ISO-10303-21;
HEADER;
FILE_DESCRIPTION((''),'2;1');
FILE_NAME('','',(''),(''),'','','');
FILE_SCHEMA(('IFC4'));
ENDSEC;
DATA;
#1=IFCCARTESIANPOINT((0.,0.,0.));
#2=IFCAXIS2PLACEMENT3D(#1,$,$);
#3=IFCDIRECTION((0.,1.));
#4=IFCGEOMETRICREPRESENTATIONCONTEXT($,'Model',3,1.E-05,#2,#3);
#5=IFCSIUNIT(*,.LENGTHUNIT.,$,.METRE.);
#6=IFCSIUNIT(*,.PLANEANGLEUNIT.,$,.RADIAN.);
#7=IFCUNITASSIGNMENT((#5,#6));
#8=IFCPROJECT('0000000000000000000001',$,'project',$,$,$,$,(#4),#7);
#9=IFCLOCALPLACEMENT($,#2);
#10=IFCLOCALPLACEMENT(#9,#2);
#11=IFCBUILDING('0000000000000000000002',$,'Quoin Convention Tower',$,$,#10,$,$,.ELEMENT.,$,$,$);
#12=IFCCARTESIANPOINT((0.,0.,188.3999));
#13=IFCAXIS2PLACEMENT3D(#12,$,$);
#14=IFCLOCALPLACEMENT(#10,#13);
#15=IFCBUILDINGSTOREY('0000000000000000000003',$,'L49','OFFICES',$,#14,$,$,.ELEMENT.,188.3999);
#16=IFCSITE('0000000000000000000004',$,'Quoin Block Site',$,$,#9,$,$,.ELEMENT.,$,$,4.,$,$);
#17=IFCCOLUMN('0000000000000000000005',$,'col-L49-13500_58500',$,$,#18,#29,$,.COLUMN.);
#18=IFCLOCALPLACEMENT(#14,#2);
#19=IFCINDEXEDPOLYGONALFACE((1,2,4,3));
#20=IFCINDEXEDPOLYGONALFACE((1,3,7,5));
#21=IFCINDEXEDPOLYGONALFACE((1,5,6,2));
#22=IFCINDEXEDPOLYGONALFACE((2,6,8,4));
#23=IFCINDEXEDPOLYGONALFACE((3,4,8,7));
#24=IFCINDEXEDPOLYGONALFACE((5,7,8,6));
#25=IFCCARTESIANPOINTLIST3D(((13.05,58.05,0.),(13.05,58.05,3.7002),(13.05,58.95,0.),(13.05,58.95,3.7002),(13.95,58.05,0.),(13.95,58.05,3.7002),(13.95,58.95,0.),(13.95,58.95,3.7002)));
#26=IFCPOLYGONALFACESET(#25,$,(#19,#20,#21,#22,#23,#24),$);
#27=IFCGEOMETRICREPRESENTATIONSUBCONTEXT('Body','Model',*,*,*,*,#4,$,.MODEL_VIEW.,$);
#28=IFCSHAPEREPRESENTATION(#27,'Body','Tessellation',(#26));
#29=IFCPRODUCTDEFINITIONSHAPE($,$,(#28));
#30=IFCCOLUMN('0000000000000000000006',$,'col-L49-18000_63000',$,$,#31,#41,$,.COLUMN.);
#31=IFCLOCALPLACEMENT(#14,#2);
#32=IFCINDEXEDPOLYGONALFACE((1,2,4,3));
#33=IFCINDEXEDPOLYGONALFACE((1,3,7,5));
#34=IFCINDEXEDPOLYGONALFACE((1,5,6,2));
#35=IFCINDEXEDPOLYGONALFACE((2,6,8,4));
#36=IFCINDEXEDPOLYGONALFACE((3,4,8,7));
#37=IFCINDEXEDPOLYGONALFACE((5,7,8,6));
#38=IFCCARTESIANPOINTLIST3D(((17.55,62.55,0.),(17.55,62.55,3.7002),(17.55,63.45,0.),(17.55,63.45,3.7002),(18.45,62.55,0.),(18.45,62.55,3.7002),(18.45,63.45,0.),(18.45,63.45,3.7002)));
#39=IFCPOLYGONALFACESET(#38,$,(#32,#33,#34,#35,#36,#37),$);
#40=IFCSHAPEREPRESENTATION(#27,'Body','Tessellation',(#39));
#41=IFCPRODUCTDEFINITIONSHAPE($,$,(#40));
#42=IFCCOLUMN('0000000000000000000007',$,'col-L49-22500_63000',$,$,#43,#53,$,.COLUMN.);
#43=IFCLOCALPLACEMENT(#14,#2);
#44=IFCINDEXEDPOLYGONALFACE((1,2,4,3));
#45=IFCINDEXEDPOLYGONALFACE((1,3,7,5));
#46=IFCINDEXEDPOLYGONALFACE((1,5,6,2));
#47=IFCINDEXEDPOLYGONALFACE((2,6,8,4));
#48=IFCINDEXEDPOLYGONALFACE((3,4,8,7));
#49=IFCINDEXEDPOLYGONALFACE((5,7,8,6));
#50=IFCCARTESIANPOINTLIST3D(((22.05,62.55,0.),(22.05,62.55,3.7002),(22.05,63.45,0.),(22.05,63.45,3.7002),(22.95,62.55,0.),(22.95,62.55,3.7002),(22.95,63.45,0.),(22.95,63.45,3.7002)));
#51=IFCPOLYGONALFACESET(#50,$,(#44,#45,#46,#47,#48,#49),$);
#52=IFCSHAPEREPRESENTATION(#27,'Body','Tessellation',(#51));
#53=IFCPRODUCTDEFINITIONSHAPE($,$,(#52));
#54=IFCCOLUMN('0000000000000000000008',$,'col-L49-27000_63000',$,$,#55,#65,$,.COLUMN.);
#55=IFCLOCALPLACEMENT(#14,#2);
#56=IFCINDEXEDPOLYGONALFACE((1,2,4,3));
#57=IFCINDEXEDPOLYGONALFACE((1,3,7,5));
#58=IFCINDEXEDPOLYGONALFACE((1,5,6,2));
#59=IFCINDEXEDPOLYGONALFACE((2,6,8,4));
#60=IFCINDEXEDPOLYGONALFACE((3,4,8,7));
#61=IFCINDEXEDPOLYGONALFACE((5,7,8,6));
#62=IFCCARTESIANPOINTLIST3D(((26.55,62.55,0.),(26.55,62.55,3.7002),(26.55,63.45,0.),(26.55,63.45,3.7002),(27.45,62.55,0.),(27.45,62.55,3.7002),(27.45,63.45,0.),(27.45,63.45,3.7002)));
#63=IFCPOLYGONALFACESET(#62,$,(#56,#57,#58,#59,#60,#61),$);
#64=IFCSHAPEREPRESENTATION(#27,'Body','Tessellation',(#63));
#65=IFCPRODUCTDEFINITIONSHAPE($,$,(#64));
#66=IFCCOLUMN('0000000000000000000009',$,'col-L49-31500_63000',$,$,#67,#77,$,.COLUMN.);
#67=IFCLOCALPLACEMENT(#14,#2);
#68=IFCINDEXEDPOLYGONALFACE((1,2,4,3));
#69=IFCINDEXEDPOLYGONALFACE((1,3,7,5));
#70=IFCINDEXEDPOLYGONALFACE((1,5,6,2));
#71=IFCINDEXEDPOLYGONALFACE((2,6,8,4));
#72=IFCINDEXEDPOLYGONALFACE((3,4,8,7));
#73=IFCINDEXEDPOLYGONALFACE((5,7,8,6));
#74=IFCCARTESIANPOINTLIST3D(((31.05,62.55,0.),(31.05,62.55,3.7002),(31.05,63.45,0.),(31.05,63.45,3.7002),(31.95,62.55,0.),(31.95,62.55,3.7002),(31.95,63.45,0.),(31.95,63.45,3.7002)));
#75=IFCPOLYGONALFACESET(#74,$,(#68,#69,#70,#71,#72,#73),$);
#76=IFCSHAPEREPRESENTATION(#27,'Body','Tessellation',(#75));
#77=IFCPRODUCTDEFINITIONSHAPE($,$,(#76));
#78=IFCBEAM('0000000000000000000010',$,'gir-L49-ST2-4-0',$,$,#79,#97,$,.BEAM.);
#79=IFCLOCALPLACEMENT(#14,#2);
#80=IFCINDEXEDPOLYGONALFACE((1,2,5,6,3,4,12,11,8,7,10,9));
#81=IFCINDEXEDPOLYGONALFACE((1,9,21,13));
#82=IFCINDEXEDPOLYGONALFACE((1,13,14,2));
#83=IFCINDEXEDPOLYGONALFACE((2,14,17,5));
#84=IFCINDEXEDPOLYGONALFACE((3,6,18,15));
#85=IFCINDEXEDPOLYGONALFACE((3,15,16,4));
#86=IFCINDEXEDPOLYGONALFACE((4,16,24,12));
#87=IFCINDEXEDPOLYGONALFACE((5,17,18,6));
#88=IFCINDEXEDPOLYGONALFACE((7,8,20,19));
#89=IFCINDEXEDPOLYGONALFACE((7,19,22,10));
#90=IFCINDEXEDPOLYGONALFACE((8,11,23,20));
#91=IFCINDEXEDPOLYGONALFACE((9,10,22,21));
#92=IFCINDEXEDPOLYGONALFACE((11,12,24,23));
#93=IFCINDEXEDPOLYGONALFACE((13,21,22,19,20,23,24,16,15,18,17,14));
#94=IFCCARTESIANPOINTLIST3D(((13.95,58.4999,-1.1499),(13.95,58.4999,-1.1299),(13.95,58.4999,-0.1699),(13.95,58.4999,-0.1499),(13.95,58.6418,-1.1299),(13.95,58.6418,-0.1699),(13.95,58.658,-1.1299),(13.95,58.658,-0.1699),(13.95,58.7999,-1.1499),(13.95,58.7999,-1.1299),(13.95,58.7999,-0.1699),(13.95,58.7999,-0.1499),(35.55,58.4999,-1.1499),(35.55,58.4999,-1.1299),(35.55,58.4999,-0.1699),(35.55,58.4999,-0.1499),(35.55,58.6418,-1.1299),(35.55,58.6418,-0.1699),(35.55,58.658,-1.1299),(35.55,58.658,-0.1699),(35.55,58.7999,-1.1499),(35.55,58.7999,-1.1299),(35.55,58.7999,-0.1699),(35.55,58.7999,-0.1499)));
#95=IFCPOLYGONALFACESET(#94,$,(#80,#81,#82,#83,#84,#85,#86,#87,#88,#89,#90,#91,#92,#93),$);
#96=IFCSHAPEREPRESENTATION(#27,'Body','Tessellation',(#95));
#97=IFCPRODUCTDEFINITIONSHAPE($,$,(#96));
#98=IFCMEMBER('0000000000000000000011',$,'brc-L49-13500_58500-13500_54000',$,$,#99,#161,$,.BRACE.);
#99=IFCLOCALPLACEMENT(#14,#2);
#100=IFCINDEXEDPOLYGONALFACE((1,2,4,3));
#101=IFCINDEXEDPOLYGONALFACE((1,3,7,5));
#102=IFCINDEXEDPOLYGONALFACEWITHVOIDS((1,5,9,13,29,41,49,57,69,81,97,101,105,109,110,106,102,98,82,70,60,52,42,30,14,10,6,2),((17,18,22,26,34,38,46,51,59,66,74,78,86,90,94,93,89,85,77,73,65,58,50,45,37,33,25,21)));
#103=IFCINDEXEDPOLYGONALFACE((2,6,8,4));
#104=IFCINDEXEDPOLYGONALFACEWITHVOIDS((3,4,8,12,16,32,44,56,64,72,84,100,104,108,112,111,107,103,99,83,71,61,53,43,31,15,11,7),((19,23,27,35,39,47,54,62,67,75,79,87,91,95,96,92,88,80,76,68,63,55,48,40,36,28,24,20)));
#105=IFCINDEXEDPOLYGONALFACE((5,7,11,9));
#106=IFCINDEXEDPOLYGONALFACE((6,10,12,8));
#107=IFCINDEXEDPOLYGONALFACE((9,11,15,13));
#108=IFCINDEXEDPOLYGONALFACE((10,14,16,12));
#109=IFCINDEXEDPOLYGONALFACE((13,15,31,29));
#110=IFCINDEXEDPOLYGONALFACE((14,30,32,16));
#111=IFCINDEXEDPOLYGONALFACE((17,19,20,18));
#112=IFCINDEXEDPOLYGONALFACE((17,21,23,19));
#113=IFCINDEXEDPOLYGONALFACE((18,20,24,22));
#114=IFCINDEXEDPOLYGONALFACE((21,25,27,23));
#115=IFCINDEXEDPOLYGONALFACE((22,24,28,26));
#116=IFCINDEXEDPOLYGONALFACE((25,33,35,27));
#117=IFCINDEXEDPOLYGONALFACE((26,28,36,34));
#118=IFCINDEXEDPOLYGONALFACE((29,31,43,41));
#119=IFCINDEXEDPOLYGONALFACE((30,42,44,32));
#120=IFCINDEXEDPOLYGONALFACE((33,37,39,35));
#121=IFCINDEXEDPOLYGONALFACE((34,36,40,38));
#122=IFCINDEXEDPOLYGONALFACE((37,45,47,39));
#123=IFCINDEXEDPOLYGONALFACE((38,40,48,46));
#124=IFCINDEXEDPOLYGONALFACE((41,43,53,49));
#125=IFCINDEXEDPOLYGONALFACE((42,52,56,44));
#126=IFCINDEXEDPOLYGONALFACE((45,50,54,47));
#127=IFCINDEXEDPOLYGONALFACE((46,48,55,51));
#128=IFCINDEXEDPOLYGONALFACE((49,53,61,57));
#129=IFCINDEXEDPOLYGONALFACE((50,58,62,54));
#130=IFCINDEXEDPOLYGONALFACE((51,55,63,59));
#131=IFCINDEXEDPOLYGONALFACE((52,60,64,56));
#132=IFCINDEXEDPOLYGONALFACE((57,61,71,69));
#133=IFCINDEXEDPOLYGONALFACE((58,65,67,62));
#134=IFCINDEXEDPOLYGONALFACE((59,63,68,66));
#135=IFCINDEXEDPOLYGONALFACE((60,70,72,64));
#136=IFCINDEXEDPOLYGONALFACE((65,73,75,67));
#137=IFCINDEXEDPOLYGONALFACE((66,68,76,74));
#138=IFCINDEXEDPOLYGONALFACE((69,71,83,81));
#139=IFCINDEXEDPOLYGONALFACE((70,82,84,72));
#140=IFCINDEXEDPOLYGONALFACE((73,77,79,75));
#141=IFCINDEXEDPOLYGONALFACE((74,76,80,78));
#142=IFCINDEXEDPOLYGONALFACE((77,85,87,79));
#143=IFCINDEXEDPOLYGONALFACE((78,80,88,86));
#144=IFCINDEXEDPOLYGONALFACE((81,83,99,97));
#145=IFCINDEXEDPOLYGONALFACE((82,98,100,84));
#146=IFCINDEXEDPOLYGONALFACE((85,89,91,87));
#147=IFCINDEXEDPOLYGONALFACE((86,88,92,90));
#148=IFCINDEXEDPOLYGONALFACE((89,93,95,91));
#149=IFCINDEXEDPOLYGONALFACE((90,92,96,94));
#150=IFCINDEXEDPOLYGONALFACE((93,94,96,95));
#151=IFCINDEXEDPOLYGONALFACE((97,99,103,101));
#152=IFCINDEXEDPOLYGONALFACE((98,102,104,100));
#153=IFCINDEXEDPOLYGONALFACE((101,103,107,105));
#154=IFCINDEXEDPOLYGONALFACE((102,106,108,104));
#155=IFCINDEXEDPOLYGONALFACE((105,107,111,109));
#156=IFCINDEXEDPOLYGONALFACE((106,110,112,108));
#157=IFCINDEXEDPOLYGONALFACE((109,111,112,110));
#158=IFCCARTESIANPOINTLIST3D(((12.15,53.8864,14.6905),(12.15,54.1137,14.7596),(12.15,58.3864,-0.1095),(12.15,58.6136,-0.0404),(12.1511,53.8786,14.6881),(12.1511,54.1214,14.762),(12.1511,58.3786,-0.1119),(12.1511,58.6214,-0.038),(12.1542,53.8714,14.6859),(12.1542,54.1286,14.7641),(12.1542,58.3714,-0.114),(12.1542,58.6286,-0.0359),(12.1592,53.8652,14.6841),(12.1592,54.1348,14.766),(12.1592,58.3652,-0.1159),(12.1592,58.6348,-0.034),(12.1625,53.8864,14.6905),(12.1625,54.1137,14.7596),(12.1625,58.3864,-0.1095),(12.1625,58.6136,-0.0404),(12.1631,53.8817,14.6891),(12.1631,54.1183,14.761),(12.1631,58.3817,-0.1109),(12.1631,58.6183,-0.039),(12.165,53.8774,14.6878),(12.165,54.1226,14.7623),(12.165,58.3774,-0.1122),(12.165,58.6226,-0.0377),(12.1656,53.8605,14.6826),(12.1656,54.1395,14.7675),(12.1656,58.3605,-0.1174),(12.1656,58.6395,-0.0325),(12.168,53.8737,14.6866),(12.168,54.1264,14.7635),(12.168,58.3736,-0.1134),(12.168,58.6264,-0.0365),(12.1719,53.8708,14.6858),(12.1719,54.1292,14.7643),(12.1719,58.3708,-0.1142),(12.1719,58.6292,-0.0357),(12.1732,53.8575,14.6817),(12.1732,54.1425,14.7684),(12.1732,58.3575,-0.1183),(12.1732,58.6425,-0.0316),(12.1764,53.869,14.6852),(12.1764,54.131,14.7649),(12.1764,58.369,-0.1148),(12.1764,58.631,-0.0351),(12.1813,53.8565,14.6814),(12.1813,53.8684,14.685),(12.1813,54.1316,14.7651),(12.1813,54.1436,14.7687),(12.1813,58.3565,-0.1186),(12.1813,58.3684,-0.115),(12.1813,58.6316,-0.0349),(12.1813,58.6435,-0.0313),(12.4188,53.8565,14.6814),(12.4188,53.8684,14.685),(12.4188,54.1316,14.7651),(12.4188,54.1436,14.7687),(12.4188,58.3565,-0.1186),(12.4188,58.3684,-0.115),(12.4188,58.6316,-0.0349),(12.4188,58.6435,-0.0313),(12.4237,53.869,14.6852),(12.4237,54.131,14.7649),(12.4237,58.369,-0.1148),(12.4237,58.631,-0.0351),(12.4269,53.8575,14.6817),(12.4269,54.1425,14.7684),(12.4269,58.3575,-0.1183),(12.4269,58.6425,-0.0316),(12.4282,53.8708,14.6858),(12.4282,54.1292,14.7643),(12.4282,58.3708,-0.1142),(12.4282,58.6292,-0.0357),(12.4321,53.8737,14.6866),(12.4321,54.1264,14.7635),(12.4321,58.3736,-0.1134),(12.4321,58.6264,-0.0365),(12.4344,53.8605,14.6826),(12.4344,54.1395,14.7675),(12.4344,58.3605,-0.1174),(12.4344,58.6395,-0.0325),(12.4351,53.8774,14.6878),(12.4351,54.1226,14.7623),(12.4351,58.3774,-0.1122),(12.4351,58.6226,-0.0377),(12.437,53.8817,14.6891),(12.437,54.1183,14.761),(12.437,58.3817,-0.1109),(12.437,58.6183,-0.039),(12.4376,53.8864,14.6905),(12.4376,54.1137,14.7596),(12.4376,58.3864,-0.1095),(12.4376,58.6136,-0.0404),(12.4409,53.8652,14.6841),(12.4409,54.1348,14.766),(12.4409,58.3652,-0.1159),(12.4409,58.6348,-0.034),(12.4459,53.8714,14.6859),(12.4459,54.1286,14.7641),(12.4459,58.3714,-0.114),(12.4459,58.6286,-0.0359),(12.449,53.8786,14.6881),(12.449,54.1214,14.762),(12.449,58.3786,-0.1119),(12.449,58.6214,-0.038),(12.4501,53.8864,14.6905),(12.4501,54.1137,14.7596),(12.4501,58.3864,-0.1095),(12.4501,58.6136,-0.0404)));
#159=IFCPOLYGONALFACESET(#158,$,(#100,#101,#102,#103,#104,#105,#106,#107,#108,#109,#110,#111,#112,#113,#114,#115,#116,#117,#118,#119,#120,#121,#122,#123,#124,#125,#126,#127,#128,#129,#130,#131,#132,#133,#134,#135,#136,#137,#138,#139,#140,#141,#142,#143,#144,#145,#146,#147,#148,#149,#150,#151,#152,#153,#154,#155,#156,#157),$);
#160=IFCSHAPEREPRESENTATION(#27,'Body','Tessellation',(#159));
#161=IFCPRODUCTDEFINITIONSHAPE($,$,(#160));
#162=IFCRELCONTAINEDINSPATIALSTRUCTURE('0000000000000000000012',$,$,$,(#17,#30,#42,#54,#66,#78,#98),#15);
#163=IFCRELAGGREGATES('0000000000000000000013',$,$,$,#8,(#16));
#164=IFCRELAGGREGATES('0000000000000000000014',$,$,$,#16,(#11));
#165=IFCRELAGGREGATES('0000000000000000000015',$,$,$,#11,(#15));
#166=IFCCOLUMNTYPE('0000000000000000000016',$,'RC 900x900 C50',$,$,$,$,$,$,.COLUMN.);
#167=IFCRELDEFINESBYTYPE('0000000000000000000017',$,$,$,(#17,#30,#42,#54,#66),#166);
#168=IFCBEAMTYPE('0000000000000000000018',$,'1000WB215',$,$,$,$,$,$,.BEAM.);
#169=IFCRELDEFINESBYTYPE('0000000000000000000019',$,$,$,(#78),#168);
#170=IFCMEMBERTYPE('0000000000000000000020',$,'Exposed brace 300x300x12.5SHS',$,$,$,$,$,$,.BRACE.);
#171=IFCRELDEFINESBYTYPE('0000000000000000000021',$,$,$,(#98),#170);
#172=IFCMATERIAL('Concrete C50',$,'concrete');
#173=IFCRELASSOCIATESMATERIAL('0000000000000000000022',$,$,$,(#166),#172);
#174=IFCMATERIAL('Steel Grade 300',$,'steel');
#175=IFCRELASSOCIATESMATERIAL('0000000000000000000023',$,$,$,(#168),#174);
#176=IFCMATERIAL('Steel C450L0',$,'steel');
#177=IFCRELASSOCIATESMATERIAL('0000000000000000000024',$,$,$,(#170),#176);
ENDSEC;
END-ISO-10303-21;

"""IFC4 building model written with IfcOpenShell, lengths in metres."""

from ifc_helpers import new_model, si_unit, direction, frame, origin, origin_2d, place, context, subcontext, project, spatial, rectangle, hollow_rectangle, i_section, extrude, material, material_profile, profile_set, type_object, element, save


model = new_model("IFC4")

# Units and contexts
model_context = context("Model", 3, precision=1e-05, world=origin(), true_north=direction((0.0, 1.0)))
body_context = subcontext(model_context, "Body", "Model", "MODEL_VIEW")
ifc_project = project(units=[si_unit("LENGTHUNIT", "METRE"), si_unit("PLANEANGLEUNIT", "RADIAN")], contexts=[model_context])

# Site, building, storey
site_placement = place(None, origin())
site = spatial("IfcSite", under=ifc_project, at=site_placement, Name="Quoin Block Site", CompositionType="ELEMENT", RefElevation=4.0)
building_placement = place(site_placement, origin())
building = spatial("IfcBuilding", under=site, at=building_placement, Name="Quoin Convention Tower", CompositionType="ELEMENT")
storey_placement = place(building_placement, frame((0.0, 0.0, 188.3999)))
storey = spatial("IfcBuildingStorey", under=building, at=storey_placement, Name="L49", Description="OFFICES", CompositionType="ELEMENT", Elevation=188.3999)

# Columns
ifc_material_1 = material(Name="Concrete C50", Category="concrete")
ifc_material_profile_1 = material_profile(ifc_material_1, rectangle(XDim=0.8999, YDim=0.8999, at=origin_2d()), Name="RC 900x900")
ifc_profile_set_1 = profile_set([ifc_material_profile_1], Name="Concrete C50")
column_type = type_object("IfcColumnType", Name="RC 900x900 C50", PredefinedType="COLUMN", material=ifc_profile_set_1)
for number, where, z_axis, x_axis, name in (
    (1, (13.5, 58.5, 0.0), (0.0, 0.0, 1.0), (1.0, 0.0, 0.0), "col-L49-13500_58500"),
    (2, (18.0, 63.0, 0.0), (0.0, 0.0, 1.0), (1.0, 0.0, 0.0), "col-L49-18000_63000"),
    (3, (22.5, 63.0, 0.0), (0.0, 0.0, 1.0), (1.0, 0.0, 0.0), "col-L49-22500_63000"),
    (4, (27.0, 63.0, 0.0), (0.0, 0.0, 1.0), (1.0, 0.0, 0.0), "col-L49-27000_63000"),
    (5, (31.5, 63.0, 0.0), (0.0, 0.0, 1.0), (1.0, 0.0, 0.0), "col-L49-31500_63000"),
):
    element("IfcColumn", number, at=place(storey_placement, frame(where, z_axis=z_axis, x_axis=x_axis)), inside=storey, type_object=column_type, Name=name, PredefinedType="COLUMN", context=body_context, shape_type="SweptSolid", body=[
        extrude(rectangle(XDim=0.8999, YDim=0.8999, at=origin_2d()), origin(), (0.0, 0.0, 1.0), 3.7002),
    ])

# Beam
ifc_material_2 = material(Name="Steel Grade 300", Category="steel")
ifc_material_profile_2 = material_profile(ifc_material_2, i_section(OverallWidth=0.3, OverallDepth=1.0, WebThickness=0.0161, FlangeThickness=0.02, at=origin_2d()), Name="1000WB215")
ifc_profile_set_2 = profile_set([ifc_material_profile_2], Name="Steel Grade 300")
beam_type_1 = type_object("IfcBeamType", Name="1000WB215", PredefinedType="BEAM", material=ifc_profile_set_2)
beam_1_placement = place(storey_placement, frame((13.95, 58.6499, -0.6499), z_axis=(1.0, 0.0, 0.0), x_axis=(0.0, 1.0, 0.0)))
element("IfcBeam", 6, at=beam_1_placement, inside=storey, type_object=beam_type_1, Name="gir-L49-ST2-4-0", PredefinedType="BEAM", context=body_context, shape_type="SweptSolid", body=[
    extrude(i_section(OverallWidth=0.3, OverallDepth=1.0, WebThickness=0.0161, FlangeThickness=0.02, at=origin_2d()), origin(), (0.0, 0.0, 1.0), 21.6001),
])

# Member
ifc_material_3 = material(Name="Steel C450L0", Category="steel")
ifc_material_profile_3 = material_profile(ifc_material_3, hollow_rectangle(XDim=0.3, YDim=0.3, WallThickness=0.0125, InnerFilletRadius=0.0188, OuterFilletRadius=0.0312, at=origin_2d()), Name="300x300x12.5SHS")
ifc_profile_set_3 = profile_set([ifc_material_profile_3], Name="Steel C450L0")
member_type = type_object("IfcMemberType", Name="Exposed brace 300x300x12.5SHS", PredefinedType="BRACE", material=ifc_profile_set_3)
for number, where, z_axis, x_axis, name in (
    (7, (12.3, 58.5, -0.075), (0.0, -0.290903, 0.956752), (1.0, 0.0, 0.0), "brc-L49-13500_58500-13500_54000"),
):
    element("IfcMember", number, at=place(storey_placement, frame(where, z_axis=z_axis, x_axis=x_axis)), inside=storey, type_object=member_type, Name=name, PredefinedType="BRACE", context=body_context, shape_type="SweptSolid", body=[
        extrude(hollow_rectangle(XDim=0.3, YDim=0.3, WallThickness=0.0125, InnerFilletRadius=0.0188, OuterFilletRadius=0.0312, at=origin_2d()), origin(), (0.0, 0.0, 1.0), 15.469),
    ])

save(model, "model.ifc")
